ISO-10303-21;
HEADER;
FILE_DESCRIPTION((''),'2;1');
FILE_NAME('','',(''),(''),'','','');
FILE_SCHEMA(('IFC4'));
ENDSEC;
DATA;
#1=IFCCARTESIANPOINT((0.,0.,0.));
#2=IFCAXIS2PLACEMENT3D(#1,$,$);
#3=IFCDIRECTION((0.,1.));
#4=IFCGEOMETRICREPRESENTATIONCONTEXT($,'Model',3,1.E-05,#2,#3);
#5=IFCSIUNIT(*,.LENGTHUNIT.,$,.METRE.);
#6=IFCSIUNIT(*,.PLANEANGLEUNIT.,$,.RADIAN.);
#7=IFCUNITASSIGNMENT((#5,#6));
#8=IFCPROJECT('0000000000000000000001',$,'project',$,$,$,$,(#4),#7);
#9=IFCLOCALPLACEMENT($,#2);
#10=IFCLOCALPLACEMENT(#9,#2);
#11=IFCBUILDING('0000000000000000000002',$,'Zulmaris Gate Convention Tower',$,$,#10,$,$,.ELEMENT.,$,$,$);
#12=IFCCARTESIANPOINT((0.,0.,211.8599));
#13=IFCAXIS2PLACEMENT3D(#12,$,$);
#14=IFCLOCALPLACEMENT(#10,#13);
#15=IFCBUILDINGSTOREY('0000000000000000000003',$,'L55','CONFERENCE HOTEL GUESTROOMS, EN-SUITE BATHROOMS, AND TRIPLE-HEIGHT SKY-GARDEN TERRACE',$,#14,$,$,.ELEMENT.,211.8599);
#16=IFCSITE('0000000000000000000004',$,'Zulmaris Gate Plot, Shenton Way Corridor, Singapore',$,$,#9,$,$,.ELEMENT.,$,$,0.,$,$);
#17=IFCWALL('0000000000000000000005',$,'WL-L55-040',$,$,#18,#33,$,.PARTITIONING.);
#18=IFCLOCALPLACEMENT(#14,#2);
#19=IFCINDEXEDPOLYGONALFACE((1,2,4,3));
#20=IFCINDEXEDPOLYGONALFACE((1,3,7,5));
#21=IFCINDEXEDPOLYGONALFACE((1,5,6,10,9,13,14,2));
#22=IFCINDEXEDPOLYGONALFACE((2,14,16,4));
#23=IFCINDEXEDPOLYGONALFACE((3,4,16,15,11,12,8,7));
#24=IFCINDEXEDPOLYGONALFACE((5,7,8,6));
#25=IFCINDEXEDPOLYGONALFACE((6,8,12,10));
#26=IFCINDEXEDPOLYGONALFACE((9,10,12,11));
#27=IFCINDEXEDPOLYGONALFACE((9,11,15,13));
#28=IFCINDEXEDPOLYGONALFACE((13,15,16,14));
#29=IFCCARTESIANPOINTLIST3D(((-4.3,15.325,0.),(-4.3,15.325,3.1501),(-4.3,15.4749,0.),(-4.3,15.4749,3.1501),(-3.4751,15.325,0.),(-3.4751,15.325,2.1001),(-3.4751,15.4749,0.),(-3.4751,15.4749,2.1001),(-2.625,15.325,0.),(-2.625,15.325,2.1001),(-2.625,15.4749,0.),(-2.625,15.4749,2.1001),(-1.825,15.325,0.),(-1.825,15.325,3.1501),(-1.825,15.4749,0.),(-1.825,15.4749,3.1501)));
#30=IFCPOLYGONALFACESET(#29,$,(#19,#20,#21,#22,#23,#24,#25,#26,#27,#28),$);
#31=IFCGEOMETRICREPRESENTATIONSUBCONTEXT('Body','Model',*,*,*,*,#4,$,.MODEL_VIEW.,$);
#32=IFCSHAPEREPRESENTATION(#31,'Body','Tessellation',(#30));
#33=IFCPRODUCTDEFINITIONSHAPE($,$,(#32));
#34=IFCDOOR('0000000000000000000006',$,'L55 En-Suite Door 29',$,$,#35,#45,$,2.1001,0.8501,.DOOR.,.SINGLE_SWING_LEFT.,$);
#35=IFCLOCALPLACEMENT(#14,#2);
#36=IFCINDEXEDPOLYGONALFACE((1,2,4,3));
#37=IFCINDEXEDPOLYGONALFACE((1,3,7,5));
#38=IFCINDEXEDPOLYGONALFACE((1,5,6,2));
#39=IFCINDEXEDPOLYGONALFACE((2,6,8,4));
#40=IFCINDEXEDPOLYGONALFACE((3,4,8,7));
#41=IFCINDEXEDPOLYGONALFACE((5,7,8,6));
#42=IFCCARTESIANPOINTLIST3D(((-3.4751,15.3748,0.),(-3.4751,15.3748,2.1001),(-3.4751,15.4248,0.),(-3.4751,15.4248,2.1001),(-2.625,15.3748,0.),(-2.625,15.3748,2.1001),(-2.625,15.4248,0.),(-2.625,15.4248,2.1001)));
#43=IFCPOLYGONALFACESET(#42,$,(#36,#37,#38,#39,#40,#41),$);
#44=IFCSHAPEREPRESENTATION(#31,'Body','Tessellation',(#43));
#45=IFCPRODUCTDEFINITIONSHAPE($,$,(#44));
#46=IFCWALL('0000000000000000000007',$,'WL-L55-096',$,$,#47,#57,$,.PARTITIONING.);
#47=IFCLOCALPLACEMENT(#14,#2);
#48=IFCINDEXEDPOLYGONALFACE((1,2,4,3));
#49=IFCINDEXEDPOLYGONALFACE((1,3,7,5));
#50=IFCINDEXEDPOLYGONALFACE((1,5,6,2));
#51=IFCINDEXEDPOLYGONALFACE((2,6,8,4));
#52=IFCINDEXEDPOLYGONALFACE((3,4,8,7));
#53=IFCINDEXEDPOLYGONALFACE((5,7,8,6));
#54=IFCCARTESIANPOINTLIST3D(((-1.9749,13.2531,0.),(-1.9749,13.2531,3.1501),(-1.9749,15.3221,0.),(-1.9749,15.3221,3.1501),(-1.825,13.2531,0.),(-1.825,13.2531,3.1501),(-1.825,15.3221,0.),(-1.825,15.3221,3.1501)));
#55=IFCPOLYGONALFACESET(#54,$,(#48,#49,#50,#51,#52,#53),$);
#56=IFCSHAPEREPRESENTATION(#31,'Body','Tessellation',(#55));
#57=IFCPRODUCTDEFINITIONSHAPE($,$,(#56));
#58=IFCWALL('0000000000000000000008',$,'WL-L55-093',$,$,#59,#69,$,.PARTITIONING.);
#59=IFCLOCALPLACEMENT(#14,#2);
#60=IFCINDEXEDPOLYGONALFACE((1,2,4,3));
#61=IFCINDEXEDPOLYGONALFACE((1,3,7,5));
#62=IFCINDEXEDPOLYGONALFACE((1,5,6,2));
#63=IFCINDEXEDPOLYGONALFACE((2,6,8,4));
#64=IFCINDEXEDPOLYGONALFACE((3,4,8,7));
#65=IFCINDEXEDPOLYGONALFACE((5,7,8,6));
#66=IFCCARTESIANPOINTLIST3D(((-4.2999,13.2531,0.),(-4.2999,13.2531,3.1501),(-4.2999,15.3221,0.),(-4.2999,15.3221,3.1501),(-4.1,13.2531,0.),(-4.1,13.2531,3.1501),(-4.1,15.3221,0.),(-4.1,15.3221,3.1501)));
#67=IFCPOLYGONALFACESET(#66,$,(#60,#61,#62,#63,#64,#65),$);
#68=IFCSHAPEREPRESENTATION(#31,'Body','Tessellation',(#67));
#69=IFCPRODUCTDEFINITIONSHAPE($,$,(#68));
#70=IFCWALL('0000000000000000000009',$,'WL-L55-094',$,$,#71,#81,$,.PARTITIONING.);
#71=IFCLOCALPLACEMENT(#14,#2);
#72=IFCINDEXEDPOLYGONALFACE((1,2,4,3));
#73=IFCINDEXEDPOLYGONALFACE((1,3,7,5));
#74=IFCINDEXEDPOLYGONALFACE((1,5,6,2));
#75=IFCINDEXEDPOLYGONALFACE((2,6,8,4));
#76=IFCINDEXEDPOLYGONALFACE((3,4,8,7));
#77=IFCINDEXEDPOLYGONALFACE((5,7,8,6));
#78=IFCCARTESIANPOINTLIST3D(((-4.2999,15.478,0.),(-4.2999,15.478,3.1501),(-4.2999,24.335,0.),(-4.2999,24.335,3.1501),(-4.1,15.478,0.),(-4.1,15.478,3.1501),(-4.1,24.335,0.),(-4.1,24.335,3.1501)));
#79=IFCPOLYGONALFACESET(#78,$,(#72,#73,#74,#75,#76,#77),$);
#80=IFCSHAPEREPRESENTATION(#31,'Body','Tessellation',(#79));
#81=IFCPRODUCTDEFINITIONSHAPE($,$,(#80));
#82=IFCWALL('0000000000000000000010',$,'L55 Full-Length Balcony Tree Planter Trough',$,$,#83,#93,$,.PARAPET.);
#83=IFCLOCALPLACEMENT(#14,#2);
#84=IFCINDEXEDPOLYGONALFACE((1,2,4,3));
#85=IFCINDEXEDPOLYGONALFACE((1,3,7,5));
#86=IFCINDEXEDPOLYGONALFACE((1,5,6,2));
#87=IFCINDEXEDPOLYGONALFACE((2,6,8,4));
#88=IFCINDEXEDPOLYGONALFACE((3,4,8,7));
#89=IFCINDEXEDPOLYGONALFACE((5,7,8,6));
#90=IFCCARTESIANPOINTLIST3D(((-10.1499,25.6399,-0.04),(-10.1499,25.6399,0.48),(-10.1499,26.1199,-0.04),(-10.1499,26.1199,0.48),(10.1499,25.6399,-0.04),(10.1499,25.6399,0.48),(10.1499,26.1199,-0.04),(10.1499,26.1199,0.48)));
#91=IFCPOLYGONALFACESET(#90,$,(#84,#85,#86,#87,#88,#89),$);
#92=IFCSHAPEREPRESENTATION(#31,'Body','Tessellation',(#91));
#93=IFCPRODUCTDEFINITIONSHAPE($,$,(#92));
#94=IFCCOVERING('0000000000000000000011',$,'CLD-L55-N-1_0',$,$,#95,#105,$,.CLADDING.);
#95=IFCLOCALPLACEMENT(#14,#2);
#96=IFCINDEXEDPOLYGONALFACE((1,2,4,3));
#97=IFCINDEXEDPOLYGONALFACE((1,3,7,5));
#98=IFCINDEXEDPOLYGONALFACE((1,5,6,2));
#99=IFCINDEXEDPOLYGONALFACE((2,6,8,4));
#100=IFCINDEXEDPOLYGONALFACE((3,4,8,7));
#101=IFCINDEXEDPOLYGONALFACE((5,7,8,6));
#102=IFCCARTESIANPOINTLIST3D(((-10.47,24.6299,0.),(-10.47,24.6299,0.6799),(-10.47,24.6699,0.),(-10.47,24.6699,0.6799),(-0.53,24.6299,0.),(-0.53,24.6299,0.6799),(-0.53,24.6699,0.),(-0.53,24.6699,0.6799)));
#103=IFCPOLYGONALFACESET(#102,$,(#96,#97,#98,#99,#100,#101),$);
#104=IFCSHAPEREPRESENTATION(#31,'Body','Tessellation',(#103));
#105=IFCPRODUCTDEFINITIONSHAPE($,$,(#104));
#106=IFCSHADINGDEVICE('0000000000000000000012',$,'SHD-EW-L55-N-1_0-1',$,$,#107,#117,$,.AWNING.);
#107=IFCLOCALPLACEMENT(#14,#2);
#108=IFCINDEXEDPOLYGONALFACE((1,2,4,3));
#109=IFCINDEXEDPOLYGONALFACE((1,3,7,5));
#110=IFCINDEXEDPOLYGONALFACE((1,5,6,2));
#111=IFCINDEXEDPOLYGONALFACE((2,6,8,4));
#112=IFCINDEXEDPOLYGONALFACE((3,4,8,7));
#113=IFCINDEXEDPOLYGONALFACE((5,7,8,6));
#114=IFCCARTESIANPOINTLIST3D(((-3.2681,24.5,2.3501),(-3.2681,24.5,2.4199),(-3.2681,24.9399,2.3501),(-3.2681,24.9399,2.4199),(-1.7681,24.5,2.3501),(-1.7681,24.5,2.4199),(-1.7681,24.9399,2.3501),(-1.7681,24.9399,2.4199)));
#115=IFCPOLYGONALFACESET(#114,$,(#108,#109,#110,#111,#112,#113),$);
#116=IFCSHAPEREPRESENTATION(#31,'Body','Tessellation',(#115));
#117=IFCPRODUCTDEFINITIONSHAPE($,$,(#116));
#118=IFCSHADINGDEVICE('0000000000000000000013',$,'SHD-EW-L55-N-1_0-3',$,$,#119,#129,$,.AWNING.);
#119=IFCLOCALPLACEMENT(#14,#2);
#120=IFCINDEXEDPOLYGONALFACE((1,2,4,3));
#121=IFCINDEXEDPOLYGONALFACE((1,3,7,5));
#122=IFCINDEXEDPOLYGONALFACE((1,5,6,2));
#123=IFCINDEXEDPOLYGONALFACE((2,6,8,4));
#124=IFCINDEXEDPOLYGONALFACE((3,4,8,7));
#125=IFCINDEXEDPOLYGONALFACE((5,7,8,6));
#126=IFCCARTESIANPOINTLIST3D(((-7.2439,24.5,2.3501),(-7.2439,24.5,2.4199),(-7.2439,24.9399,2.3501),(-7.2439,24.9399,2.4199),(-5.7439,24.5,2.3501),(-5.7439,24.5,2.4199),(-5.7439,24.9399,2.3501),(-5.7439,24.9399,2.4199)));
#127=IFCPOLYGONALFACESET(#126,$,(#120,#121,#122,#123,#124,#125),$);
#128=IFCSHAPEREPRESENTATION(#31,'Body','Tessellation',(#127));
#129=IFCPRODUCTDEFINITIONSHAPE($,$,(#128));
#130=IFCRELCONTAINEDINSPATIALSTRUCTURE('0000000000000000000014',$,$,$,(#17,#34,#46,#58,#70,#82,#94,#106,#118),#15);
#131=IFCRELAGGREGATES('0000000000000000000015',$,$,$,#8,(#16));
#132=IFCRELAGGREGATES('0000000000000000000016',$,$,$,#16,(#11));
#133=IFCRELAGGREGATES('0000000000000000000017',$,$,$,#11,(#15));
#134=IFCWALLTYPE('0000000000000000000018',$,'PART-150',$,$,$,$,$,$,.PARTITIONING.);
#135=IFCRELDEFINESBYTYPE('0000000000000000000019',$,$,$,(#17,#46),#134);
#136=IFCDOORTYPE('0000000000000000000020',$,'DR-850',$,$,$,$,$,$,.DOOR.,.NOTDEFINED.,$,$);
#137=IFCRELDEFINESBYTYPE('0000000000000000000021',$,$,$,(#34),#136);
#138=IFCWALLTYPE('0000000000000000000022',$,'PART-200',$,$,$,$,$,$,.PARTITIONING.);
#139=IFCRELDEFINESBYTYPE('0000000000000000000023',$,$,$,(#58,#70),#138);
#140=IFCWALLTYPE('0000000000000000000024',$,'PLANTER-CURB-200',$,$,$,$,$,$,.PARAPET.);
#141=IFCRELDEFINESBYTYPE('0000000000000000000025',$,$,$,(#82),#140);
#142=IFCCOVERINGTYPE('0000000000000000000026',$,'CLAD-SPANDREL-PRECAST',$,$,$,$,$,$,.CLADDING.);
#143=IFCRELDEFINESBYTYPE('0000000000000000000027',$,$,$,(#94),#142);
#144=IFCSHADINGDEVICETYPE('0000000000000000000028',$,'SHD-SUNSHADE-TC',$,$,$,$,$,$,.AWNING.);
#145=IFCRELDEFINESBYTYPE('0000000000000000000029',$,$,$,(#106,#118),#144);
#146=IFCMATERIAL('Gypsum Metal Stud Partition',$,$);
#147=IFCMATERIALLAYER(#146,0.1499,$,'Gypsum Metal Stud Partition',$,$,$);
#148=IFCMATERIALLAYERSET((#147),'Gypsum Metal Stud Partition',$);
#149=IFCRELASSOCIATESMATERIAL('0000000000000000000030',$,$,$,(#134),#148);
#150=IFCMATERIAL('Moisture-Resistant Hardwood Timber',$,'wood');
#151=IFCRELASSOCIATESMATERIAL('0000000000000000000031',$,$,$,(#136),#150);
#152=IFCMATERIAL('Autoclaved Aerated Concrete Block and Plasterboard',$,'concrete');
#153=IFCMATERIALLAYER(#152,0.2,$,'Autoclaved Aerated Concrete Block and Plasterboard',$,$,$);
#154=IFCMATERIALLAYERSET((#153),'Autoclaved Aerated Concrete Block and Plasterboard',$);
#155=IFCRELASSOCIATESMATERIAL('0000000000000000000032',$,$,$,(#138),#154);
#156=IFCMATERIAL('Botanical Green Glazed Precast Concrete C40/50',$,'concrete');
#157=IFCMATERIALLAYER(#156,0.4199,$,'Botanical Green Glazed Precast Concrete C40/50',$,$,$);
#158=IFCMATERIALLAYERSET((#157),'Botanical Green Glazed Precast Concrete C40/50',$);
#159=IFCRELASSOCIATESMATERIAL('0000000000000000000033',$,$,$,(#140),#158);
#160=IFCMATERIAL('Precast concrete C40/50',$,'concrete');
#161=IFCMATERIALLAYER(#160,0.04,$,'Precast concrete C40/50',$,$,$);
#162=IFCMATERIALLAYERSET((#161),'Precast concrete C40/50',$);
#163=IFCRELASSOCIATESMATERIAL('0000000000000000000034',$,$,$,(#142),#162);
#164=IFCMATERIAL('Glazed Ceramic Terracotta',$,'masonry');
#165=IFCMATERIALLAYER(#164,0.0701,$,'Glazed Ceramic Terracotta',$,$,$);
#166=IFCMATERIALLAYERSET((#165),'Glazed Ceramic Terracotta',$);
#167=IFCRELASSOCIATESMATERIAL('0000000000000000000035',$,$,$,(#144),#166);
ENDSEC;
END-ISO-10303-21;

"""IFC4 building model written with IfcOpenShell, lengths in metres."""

from ifc_helpers import new_model, si_unit, direction, frame, frame_2d, origin, place, context, subcontext, project, spatial, rectangle, extrude, material, layer, layer_set, type_object, element, fill, save


model = new_model("IFC4")

# Units and contexts
model_context = context("Model", 3, precision=1e-05, world=origin(), true_north=direction((0.0, 1.0)))
body_context = subcontext(model_context, "Body", "Model", "MODEL_VIEW")
ifc_project = project(units=[si_unit("LENGTHUNIT", "METRE"), si_unit("PLANEANGLEUNIT", "RADIAN")], contexts=[model_context])

# Site, building, storey
site_placement = place(None, origin())
site = spatial("IfcSite", under=ifc_project, at=site_placement, Name="Zulmaris Gate Plot, Shenton Way Corridor, Singapore", CompositionType="ELEMENT", RefElevation=0.0)
building_placement = place(site_placement, origin())
building = spatial("IfcBuilding", under=site, at=building_placement, Name="Zulmaris Gate Convention Tower", CompositionType="ELEMENT")
storey_placement = place(building_placement, frame((0.0, 0.0, 211.8599)))
storey = spatial("IfcBuildingStorey", under=building, at=storey_placement, Name="L55", Description="CONFERENCE HOTEL GUESTROOMS, EN-SUITE BATHROOMS, AND TRIPLE-HEIGHT SKY-GARDEN TERRACE", CompositionType="ELEMENT", Elevation=211.8599)

# Shared definitions
ifc_material_1 = material(Name="Gypsum Metal Stud Partition")
ifc_layer_1 = layer(ifc_material_1, 0.1499, Name="Gypsum Metal Stud Partition")
ifc_layer_set_1 = layer_set([ifc_layer_1], Name="Gypsum Metal Stud Partition")
wall_type_1 = type_object("IfcWallType", Name="PART-150", PredefinedType="PARTITIONING", material=ifc_layer_set_1)

# Wall, opening, door
wall_1_placement = place(storey_placement, frame((-4.3, 15.3999, 0.0), z_axis=(0.0, 0.0, 1.0), x_axis=(1.0, 0.0, 0.0)))
wall_1 = element("IfcWall", 1, at=wall_1_placement, inside=storey, type_object=wall_type_1, Name="WL-L55-040", PredefinedType="PARTITIONING", context=body_context, shape_type="SweptSolid", body=[
    extrude(rectangle(XDim=2.4751, YDim=0.1499, at=frame_2d((1.2375, 0.0))), origin(), (0.0, 0.0, 1.0), 3.1501),
])
opening_1_placement = place(wall_1_placement, frame((0.825, 0.0, 0.0)))
opening_1 = element("IfcOpeningElement", 2, at=opening_1_placement, cuts=wall_1, PredefinedType="OPENING", context=body_context, shape_type="SweptSolid", body=[
    extrude(rectangle(XDim=0.8501, YDim=2.1001, at=frame_2d((0.425, 1.05))), frame((0.0, 0.085, 0.0), z_axis=(0.0, -1.0, 0.0), x_axis=(1.0, 0.0, 0.0)), (0.0, 0.0, 1.0), 0.1699),
])
ifc_material_2 = material(Name="Moisture-Resistant Hardwood Timber", Category="wood")
door_type_1 = type_object("IfcDoorType", Name="DR-850", OperationType="NOTDEFINED", PredefinedType="DOOR", material=ifc_material_2)
door_1_placement = place(opening_1_placement, origin())
door_1 = element("IfcDoor", 3, at=door_1_placement, inside=storey, type_object=door_type_1, Name="L55 En-Suite Door 29", OperationType="SINGLE_SWING_LEFT", OverallHeight=2.1001, OverallWidth=0.8501, PredefinedType="DOOR", context=body_context, shape_type="SweptSolid", body=[
    extrude(rectangle(XDim=0.8501, YDim=2.1001, at=frame_2d((0.425, 1.05))), frame((0.0, 0.0249, 0.0), z_axis=(0.0, -1.0, 0.0), x_axis=(1.0, 0.0, 0.0)), (0.0, 0.0, 1.0), 0.05),
])
fill(opening_1, door_1)

# Walls
wall_2_placement = place(storey_placement, frame((-1.8999, 13.2529, 0.0), z_axis=(0.0, 0.0, 1.0), x_axis=(0.0, 1.0, 0.0)))
element("IfcWall", 4, at=wall_2_placement, inside=storey, type_object=wall_type_1, Name="WL-L55-096", PredefinedType="PARTITIONING", context=body_context, shape_type="SweptSolid", body=[
    extrude(rectangle(XDim=2.0691, YDim=0.1499, at=frame_2d((1.0347, 0.0))), origin(), (0.0, 0.0, 1.0), 3.1501),
])
ifc_material_3 = material(Name="Autoclaved Aerated Concrete Block and Plasterboard", Category="concrete")
ifc_layer_2 = layer(ifc_material_3, 0.2, Name="Autoclaved Aerated Concrete Block and Plasterboard")
ifc_layer_set_2 = layer_set([ifc_layer_2], Name="Autoclaved Aerated Concrete Block and Plasterboard")
wall_type_2 = type_object("IfcWallType", Name="PART-200", PredefinedType="PARTITIONING", material=ifc_layer_set_2)
wall_3_placement = place(storey_placement, frame((-4.2, 13.2529, 0.0), z_axis=(0.0, 0.0, 1.0), x_axis=(0.0, 1.0, 0.0)))
element("IfcWall", 5, at=wall_3_placement, inside=storey, type_object=wall_type_2, Name="WL-L55-093", PredefinedType="PARTITIONING", context=body_context, shape_type="SweptSolid", body=[
    extrude(rectangle(XDim=2.0691, YDim=0.2, at=frame_2d((1.0347, 0.0))), origin(), (0.0, 0.0, 1.0), 3.1501),
])
wall_4_placement = place(storey_placement, frame((-4.2, 15.478, 0.0), z_axis=(0.0, 0.0, 1.0), x_axis=(0.0, 1.0, 0.0)))
element("IfcWall", 6, at=wall_4_placement, inside=storey, type_object=wall_type_2, Name="WL-L55-094", PredefinedType="PARTITIONING", context=body_context, shape_type="SweptSolid", body=[
    extrude(rectangle(XDim=8.8569, YDim=0.2, at=frame_2d((4.4285, 0.0))), origin(), (0.0, 0.0, 1.0), 3.1501),
])
ifc_material_4 = material(Name="Botanical Green Glazed Precast Concrete C40/50", Category="concrete")
ifc_layer_3 = layer(ifc_material_4, 0.4199, Name="Botanical Green Glazed Precast Concrete C40/50")
ifc_layer_set_3 = layer_set([ifc_layer_3], Name="Botanical Green Glazed Precast Concrete C40/50")
wall_type_3 = type_object("IfcWallType", Name="PLANTER-CURB-200", PredefinedType="PARAPET", material=ifc_layer_set_3)
wall_5_placement = place(storey_placement, frame((-10.1499, 25.8799, -0.04), z_axis=(0.0, 0.0, 1.0), x_axis=(1.0, 0.0, 0.0)))
element("IfcWall", 7, at=wall_5_placement, inside=storey, type_object=wall_type_3, Name="L55 Full-Length Balcony Tree Planter Trough", PredefinedType="PARAPET", context=body_context, shape_type="SweptSolid", body=[
    extrude(rectangle(XDim=20.2998, YDim=0.48, at=frame_2d((10.1499, 0.0))), origin(), (0.0, 0.0, 1.0), 0.52),
])

# Shared definitions
ifc_material_5 = material(Name="Precast concrete C40/50", Category="concrete")

# Covering
ifc_layer_4 = layer(ifc_material_5, 0.04, Name="Precast concrete C40/50")
ifc_layer_set_4 = layer_set([ifc_layer_4], Name="Precast concrete C40/50")
covering_type = type_object("IfcCoveringType", Name="CLAD-SPANDREL-PRECAST", PredefinedType="CLADDING", material=ifc_layer_set_4)
covering_placement = place(storey_placement, frame((-0.53, 24.6499, 0.0), z_axis=(0.0, 0.0, 1.0), x_axis=(-1.0, 0.0, 0.0)))
element("IfcCovering", 8, at=covering_placement, inside=storey, type_object=covering_type, Name="CLD-L55-N-1_0", PredefinedType="CLADDING", context=body_context, shape_type="SweptSolid", body=[
    extrude(rectangle(XDim=9.9399, YDim=0.04, at=frame_2d((4.97, 0.0))), origin(), (0.0, 0.0, 1.0), 0.6799),
])

# Shading devices
ifc_material_6 = material(Name="Glazed Ceramic Terracotta", Category="masonry")
ifc_layer_5 = layer(ifc_material_6, 0.0701, Name="Glazed Ceramic Terracotta")
ifc_layer_set_5 = layer_set([ifc_layer_5], Name="Glazed Ceramic Terracotta")
shading_device_type = type_object("IfcShadingDeviceType", Name="SHD-SUNSHADE-TC", PredefinedType="AWNING", material=ifc_layer_set_5)
for number, where, z_axis, x_axis, name in (
    (9, (-1.7681, 24.72, 2.3501), (0.0, 0.0, 1.0), (-1.0, 0.0, 0.0), "SHD-EW-L55-N-1_0-1"),
    (10, (-5.7439, 24.72, 2.3501), (0.0, 0.0, 1.0), (-1.0, 0.0, 0.0), "SHD-EW-L55-N-1_0-3"),
):
    element("IfcShadingDevice", number, at=place(storey_placement, frame(where, z_axis=z_axis, x_axis=x_axis)), inside=storey, type_object=shading_device_type, Name=name, PredefinedType="AWNING", context=body_context, shape_type="SweptSolid", body=[
        extrude(rectangle(XDim=1.5, YDim=0.4399, at=frame_2d((0.75, 0.0))), origin(), (0.0, 0.0, 1.0), 0.0698),
    ])

save(model, "model.ifc")
